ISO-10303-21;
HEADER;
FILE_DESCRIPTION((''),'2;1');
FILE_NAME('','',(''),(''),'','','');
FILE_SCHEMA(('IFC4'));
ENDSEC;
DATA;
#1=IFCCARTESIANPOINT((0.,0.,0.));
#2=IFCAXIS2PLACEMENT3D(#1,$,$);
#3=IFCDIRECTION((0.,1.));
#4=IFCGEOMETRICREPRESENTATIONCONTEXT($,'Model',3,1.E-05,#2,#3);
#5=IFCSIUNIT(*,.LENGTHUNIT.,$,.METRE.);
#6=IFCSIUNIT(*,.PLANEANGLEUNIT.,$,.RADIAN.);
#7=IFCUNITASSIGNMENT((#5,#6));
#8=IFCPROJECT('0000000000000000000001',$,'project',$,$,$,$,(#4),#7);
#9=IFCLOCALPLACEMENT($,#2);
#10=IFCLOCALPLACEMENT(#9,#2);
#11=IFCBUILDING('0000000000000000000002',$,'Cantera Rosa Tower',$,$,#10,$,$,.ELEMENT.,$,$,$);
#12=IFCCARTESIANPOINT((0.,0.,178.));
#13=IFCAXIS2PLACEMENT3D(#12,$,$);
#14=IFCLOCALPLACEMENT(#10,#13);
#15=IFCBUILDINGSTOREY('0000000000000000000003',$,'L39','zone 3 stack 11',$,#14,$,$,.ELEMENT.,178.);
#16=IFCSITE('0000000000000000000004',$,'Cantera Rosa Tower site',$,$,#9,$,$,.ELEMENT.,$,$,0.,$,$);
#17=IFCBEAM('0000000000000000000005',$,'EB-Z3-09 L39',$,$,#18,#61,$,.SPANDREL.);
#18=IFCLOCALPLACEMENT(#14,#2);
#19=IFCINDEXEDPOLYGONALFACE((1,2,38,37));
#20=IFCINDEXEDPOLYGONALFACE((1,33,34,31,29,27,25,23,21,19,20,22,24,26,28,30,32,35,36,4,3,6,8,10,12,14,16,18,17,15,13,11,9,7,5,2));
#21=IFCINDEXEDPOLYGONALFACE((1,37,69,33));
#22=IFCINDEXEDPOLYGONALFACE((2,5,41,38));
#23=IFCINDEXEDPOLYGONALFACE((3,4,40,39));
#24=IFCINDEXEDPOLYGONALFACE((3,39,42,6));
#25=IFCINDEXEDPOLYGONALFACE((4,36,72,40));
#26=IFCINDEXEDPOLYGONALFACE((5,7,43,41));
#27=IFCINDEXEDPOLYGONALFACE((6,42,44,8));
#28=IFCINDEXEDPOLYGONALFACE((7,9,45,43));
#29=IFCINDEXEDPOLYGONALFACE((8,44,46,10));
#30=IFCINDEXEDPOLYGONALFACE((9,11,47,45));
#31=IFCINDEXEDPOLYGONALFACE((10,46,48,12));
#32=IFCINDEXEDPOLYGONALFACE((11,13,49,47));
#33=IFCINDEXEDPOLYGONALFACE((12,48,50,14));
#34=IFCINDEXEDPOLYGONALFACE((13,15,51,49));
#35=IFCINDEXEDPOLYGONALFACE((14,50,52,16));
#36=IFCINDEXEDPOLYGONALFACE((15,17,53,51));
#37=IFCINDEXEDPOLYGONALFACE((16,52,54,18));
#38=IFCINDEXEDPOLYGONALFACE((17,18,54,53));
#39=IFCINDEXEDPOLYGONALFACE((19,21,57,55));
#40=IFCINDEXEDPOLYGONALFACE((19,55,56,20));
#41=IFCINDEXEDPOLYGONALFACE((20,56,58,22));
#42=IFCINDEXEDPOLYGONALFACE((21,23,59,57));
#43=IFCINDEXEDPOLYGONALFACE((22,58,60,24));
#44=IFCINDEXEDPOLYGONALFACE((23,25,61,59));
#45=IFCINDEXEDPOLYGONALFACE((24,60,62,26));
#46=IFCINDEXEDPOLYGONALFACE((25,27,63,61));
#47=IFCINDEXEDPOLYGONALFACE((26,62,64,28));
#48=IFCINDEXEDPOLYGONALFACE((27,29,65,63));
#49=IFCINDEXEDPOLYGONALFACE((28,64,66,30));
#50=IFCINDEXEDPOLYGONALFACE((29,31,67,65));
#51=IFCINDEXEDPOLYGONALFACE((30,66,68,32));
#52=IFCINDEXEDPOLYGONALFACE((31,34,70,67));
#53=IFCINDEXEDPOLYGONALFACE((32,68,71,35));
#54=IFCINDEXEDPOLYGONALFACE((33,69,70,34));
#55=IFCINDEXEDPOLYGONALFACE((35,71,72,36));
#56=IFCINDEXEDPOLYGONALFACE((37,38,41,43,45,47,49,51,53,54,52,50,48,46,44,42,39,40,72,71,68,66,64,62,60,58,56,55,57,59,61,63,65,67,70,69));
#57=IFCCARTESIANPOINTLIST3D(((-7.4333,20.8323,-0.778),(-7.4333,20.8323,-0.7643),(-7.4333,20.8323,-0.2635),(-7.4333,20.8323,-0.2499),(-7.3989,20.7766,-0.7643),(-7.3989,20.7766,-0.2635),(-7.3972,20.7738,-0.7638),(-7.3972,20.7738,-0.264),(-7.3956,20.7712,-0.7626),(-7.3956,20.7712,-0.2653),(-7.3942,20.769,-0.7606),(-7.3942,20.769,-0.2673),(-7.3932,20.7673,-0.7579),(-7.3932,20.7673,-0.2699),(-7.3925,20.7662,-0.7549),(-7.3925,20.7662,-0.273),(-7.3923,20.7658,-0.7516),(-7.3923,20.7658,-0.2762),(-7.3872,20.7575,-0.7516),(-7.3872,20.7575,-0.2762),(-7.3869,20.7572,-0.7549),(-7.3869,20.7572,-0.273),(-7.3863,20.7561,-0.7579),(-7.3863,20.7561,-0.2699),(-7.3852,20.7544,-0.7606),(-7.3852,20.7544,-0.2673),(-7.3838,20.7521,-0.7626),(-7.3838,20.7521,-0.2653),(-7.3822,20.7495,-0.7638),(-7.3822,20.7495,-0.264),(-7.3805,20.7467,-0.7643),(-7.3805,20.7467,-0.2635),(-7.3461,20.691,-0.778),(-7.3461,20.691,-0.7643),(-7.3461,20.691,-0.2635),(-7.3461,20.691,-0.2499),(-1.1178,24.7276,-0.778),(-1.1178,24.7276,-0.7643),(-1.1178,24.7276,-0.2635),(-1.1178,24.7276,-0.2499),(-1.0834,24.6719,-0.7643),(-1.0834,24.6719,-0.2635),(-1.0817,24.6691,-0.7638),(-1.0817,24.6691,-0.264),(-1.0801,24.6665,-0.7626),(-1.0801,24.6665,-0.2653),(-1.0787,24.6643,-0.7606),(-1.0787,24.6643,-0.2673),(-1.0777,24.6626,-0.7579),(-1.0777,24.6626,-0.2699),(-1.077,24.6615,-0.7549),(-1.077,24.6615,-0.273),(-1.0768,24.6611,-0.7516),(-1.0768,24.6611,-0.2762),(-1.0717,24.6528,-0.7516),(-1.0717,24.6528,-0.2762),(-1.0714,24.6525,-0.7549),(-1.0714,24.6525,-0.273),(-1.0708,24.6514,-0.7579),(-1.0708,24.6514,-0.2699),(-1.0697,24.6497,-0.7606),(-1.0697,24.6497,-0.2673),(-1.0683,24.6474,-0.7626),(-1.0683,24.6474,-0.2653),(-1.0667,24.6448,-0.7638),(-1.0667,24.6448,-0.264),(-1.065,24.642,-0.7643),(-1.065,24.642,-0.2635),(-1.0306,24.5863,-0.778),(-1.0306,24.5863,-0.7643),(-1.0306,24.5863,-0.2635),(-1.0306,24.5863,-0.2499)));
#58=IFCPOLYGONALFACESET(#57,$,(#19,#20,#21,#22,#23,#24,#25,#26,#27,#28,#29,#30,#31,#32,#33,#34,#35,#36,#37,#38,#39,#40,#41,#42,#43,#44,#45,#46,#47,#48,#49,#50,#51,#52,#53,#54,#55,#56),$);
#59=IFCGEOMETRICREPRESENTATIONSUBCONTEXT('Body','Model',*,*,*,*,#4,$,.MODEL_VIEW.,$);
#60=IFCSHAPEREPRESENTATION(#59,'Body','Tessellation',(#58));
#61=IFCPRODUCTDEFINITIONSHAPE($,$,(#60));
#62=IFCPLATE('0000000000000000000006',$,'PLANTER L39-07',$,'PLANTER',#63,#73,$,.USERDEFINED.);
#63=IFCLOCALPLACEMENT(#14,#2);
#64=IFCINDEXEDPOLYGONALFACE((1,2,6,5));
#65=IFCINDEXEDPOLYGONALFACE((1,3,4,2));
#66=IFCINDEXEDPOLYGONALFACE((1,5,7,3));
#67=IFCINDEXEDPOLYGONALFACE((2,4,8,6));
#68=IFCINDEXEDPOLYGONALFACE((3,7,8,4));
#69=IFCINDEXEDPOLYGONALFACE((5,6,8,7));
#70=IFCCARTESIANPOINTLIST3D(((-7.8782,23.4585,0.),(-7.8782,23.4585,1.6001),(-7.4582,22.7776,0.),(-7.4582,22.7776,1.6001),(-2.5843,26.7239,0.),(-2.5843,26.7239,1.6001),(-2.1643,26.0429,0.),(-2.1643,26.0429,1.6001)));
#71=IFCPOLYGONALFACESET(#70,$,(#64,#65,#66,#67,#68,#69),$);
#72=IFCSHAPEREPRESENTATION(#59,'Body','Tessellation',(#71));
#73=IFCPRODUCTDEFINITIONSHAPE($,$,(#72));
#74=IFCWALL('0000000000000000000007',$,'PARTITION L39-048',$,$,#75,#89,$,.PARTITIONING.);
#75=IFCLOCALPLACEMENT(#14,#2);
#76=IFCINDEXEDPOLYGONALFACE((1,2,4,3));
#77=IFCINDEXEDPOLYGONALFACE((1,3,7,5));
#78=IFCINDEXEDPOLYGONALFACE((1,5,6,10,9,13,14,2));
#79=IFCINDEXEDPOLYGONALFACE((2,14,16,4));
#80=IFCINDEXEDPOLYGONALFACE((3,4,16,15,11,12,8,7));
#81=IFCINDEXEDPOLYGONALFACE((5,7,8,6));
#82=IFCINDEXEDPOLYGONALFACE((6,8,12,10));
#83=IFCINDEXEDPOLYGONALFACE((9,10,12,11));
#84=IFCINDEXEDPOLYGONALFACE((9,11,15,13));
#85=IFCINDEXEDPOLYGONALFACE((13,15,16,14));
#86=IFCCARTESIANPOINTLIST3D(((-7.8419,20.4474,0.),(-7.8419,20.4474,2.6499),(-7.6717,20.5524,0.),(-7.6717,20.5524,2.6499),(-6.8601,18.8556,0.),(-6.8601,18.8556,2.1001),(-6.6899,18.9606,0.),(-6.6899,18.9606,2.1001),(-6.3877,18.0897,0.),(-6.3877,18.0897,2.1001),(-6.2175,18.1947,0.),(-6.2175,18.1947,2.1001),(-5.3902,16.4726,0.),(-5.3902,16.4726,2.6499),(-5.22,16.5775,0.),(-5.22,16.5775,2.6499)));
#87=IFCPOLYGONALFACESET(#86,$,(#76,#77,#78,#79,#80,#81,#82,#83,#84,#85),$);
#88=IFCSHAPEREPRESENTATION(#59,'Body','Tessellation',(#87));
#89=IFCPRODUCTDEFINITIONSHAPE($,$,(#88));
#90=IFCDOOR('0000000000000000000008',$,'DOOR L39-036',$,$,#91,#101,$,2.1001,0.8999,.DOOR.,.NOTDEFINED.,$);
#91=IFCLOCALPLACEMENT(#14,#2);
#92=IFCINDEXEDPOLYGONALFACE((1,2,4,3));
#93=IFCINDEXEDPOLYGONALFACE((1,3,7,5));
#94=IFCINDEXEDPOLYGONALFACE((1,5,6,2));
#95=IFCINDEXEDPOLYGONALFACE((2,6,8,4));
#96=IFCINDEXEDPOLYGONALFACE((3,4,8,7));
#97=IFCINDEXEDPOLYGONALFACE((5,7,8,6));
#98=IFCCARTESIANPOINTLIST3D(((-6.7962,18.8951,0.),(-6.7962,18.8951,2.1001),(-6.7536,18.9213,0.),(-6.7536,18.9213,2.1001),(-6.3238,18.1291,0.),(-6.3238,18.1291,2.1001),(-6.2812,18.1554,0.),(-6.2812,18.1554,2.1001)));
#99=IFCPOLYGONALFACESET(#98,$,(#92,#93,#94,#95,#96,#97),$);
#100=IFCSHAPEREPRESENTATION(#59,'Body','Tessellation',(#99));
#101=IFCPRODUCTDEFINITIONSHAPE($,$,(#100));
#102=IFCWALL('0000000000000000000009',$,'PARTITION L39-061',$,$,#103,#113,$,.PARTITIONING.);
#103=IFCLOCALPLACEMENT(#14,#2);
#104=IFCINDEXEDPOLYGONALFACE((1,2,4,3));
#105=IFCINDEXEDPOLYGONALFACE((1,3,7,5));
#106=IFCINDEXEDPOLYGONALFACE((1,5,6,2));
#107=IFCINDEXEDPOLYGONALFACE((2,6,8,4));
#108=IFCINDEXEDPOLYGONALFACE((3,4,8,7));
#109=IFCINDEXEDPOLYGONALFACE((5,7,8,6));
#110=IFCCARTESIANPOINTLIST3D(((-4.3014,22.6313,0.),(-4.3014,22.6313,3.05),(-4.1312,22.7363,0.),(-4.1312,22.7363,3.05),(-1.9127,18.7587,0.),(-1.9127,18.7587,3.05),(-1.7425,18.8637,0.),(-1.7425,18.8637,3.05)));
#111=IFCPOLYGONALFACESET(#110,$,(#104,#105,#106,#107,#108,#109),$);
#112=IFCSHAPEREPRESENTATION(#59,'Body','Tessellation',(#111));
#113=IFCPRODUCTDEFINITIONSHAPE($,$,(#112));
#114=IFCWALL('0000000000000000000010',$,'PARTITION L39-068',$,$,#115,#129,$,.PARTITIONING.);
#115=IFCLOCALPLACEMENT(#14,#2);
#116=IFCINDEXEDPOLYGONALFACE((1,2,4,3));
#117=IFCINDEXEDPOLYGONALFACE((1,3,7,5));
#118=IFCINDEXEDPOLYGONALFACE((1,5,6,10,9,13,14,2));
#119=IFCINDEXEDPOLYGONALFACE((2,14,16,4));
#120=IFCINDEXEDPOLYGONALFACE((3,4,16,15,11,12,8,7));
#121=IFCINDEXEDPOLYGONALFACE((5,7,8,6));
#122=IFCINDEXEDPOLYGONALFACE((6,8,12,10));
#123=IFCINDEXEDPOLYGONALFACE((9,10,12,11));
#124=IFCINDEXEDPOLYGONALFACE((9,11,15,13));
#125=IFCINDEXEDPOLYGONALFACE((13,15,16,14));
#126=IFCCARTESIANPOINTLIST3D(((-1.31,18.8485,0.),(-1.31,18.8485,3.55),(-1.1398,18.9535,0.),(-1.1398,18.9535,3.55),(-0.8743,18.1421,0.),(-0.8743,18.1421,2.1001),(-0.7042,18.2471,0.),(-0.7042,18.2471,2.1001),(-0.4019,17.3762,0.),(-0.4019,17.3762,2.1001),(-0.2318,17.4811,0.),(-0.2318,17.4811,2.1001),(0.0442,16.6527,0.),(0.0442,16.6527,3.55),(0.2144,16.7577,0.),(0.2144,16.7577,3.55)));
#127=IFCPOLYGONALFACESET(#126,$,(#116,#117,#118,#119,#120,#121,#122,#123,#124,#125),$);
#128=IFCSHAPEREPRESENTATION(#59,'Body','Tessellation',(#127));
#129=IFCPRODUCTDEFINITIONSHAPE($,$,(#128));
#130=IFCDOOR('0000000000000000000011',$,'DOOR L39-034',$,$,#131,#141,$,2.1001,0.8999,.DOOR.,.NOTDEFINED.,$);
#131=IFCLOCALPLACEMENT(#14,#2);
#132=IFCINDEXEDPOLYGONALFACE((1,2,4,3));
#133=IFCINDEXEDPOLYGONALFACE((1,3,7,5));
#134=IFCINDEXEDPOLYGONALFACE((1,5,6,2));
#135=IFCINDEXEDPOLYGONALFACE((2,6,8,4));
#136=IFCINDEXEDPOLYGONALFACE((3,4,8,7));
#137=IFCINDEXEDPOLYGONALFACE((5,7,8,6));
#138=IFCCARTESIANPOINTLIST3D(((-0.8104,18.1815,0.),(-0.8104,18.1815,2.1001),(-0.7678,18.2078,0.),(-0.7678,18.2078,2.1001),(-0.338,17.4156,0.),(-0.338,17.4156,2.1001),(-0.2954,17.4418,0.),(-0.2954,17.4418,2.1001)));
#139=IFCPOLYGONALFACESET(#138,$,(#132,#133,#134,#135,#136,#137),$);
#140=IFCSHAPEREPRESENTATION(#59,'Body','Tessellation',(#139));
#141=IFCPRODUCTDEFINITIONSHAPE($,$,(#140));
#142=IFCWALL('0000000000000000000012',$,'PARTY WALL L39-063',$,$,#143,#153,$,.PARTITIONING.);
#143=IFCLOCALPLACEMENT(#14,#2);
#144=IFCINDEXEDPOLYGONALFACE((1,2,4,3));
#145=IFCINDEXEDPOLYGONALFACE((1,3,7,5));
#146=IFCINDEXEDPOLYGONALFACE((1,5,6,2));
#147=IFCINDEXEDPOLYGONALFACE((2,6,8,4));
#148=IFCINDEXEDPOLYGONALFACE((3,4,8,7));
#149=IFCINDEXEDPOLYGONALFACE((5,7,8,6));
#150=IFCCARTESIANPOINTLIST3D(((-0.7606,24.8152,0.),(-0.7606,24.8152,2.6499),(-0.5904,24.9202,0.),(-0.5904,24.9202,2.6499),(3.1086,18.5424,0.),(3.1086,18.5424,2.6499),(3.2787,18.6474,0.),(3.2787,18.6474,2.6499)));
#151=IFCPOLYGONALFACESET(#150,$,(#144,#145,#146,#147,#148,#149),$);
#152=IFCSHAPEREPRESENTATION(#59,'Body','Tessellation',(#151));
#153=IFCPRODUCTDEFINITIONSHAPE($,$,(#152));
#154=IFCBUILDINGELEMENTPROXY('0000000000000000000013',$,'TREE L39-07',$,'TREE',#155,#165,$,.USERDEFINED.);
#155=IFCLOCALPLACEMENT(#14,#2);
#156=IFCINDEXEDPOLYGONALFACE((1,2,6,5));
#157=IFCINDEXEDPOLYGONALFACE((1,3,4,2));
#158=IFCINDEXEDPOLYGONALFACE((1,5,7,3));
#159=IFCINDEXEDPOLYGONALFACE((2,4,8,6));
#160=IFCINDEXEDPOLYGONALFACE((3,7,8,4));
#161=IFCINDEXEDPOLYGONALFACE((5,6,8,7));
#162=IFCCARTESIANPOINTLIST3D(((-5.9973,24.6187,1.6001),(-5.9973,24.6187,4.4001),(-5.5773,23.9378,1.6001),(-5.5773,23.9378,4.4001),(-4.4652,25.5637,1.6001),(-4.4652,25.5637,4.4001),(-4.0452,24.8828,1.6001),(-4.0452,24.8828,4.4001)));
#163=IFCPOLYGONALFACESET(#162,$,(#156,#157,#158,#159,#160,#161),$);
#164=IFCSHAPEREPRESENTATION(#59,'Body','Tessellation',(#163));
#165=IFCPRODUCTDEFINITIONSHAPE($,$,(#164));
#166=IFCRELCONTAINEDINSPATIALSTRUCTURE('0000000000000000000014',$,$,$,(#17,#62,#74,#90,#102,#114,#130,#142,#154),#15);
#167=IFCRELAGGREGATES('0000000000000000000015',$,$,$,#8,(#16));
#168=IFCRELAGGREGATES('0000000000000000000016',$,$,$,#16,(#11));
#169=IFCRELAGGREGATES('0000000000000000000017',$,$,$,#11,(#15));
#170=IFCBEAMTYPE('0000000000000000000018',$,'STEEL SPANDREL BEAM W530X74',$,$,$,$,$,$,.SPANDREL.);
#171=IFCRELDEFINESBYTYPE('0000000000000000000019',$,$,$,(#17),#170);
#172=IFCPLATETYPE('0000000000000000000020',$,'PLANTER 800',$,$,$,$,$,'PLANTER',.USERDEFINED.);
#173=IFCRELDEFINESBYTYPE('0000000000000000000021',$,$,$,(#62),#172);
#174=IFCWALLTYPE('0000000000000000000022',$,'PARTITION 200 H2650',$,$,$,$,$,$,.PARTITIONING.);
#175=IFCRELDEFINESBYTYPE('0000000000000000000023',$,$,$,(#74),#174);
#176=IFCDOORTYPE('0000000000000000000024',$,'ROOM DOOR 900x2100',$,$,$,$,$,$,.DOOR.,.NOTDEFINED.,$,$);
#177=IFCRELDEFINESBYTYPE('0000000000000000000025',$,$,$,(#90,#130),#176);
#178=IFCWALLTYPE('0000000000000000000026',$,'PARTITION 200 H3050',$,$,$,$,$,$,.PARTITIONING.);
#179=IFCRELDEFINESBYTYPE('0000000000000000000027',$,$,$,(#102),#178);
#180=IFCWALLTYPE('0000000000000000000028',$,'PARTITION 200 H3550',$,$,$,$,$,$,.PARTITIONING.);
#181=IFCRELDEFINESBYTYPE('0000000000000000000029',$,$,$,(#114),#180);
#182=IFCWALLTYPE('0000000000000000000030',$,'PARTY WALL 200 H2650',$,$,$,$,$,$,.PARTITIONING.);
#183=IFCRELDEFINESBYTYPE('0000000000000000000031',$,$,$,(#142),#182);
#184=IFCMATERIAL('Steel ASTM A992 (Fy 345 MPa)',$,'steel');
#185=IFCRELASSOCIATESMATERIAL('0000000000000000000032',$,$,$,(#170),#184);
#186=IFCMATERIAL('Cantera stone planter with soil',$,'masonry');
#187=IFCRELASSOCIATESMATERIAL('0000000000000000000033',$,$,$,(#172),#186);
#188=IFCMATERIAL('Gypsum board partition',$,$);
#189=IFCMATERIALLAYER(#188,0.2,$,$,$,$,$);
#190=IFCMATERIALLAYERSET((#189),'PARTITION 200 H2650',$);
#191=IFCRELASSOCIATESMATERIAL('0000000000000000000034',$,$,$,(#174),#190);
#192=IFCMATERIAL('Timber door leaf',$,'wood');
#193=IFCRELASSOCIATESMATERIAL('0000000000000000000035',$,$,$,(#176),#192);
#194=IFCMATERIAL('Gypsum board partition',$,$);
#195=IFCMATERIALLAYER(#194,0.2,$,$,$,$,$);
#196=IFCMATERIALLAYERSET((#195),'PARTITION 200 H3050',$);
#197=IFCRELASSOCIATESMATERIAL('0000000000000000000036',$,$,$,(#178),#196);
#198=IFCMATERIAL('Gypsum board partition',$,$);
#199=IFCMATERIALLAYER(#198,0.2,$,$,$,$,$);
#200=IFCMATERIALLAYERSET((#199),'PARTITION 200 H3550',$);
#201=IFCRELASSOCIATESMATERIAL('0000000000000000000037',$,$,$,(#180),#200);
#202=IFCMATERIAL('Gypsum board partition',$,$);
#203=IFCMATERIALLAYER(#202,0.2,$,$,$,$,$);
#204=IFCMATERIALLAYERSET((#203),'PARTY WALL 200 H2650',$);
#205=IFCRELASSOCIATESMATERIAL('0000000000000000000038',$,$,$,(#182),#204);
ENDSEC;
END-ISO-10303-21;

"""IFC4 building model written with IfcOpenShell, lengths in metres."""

from ifc_helpers import new_model, si_unit, direction, frame, frame_2d, origin, origin_2d, place, context, subcontext, project, spatial, rectangle, i_section, extrude, material, layer, layer_set, material_profile, profile_set, type_object, element, fill, save


model = new_model("IFC4")

# Units and contexts
model_context = context("Model", 3, precision=1e-05, world=origin(), true_north=direction((0.0, 1.0)))
body_context = subcontext(model_context, "Body", "Model", "MODEL_VIEW")
ifc_project = project(units=[si_unit("LENGTHUNIT", "METRE"), si_unit("PLANEANGLEUNIT", "RADIAN")], contexts=[model_context])

# Site, building, storey
site_placement = place(None, origin())
site = spatial("IfcSite", under=ifc_project, at=site_placement, Name="Cantera Rosa Tower site", CompositionType="ELEMENT", RefElevation=0.0)
building_placement = place(site_placement, origin())
building = spatial("IfcBuilding", under=site, at=building_placement, Name="Cantera Rosa Tower", CompositionType="ELEMENT")
storey_placement = place(building_placement, frame((0.0, 0.0, 178.0)))
storey = spatial("IfcBuildingStorey", under=building, at=storey_placement, Name="L39", Description="zone 3 stack 11", CompositionType="ELEMENT", Elevation=178.0)

# Beam
ifc_material_1 = material(Name="Steel ASTM A992 (Fy 345 MPa)", Category="steel")
ifc_material_profile_1 = material_profile(ifc_material_1, i_section(OverallWidth=0.166, OverallDepth=0.5281, WebThickness=0.0098, FlangeThickness=0.0137, FilletRadius=0.0127, at=origin_2d()), Name="W530X74")
ifc_profile_set_1 = profile_set([ifc_material_profile_1], Name="Steel ASTM A992 (Fy 345 MPa)")
beam_type_1 = type_object("IfcBeamType", Name="STEEL SPANDREL BEAM W530X74", PredefinedType="SPANDREL", material=ifc_profile_set_1)
beam_1_placement = place(storey_placement, frame((-1.0742, 24.657, -0.5139), z_axis=(-0.851126, -0.524962, 0.0), x_axis=(0.524962, -0.851126, 0.0)))
element("IfcBeam", 1, at=beam_1_placement, inside=storey, type_object=beam_type_1, Name="EB-Z3-09 L39", PredefinedType="SPANDREL", context=body_context, shape_type="SweptSolid", body=[
    extrude(i_section(OverallWidth=0.166, OverallDepth=0.5281, WebThickness=0.0098, FlangeThickness=0.0137, FilletRadius=0.0127, at=origin_2d()), origin(), (0.0, 0.0, 1.0), 7.4202),
])

# Plate
ifc_material_2 = material(Name="Cantera stone planter with soil", Category="masonry")
plate_type = type_object("IfcPlateType", Name="PLANTER 800", ElementType="PLANTER", PredefinedType="USERDEFINED", material=ifc_material_2)
plate_placement = place(storey_placement, frame((-5.0212, 24.7507, 0.0), z_axis=(0.0, 0.0, 1.0), x_axis=(-0.851117, -0.524977, 0.0)))
element("IfcPlate", 2, at=plate_placement, inside=storey, type_object=plate_type, Name="PLANTER L39-07", ObjectType="PLANTER", PredefinedType="USERDEFINED", context=body_context, shape_type="SweptSolid", body=[
    extrude(rectangle(XDim=6.22, YDim=0.8, at=origin_2d()), origin(), (0.0, 0.0, 1.0), 1.6001),
])

# Wall, opening, door
ifc_material_3 = material(Name="Gypsum board partition")
ifc_layer_1 = layer(ifc_material_3, 0.2)
ifc_layer_set_1 = layer_set([ifc_layer_1], Name="PARTITION 200 H2650")
wall_type_1 = type_object("IfcWallType", Name="PARTITION 200 H2650", PredefinedType="PARTITIONING", material=ifc_layer_set_1)
wall_1_placement = place(storey_placement, frame((-5.3052, 16.5251, 0.0), z_axis=(0.0, 0.0, 1.0), x_axis=(-0.524966, 0.851123, 0.0)))
wall_1 = element("IfcWall", 3, at=wall_1_placement, inside=storey, type_object=wall_type_1, Name="PARTITION L39-048", PredefinedType="PARTITIONING", context=body_context, shape_type="SweptSolid", body=[
    extrude(rectangle(XDim=4.6702, YDim=0.2, at=frame_2d((2.335, 0.0))), origin(), (0.0, 0.0, 1.0), 2.6499),
])
opening_1_placement = place(wall_1_placement, frame((1.8999, 0.0, 0.0)))
opening_1 = element("IfcOpeningElement", 4, at=opening_1_placement, cuts=wall_1, PredefinedType="OPENING", context=body_context, shape_type="SweptSolid", body=[
    extrude(rectangle(XDim=0.8999, YDim=2.1001, at=frame_2d((0.45, 1.05))), frame((0.0, 0.1099, 0.0), z_axis=(0.0, -1.0, 0.0), x_axis=(1.0, 0.0, 0.0)), (0.0, 0.0, 1.0), 0.22),
])
ifc_material_4 = material(Name="Timber door leaf", Category="wood")
door_type_1 = type_object("IfcDoorType", Name="ROOM DOOR 900x2100", OperationType="NOTDEFINED", PredefinedType="DOOR", material=ifc_material_4)
door_1_placement = place(opening_1_placement, origin())
door_1 = element("IfcDoor", 5, at=door_1_placement, inside=storey, type_object=door_type_1, Name="DOOR L39-036", OperationType="NOTDEFINED", OverallHeight=2.1001, OverallWidth=0.8999, PredefinedType="DOOR", context=body_context, shape_type="SweptSolid", body=[
    extrude(rectangle(XDim=0.8999, YDim=2.1001, at=frame_2d((0.45, 1.05))), frame((0.0, 0.0249, 0.0), z_axis=(0.0, -1.0, 0.0), x_axis=(1.0, 0.0, 0.0)), (0.0, 0.0, 1.0), 0.05),
])
fill(opening_1, door_1)

# Wall
ifc_material_5 = material(Name="Gypsum board partition")
ifc_layer_2 = layer(ifc_material_5, 0.2)
ifc_layer_set_2 = layer_set([ifc_layer_2], Name="PARTITION 200 H3050")
wall_type_2 = type_object("IfcWallType", Name="PARTITION 200 H3050", PredefinedType="PARTITIONING", material=ifc_layer_set_2)
wall_2_placement = place(storey_placement, frame((-1.8276, 18.8113, 0.0), z_axis=(0.0, 0.0, 1.0), x_axis=(-0.524983, 0.851113, 0.0)))
element("IfcWall", 6, at=wall_2_placement, inside=storey, type_object=wall_type_2, Name="PARTITION L39-061", PredefinedType="PARTITIONING", context=body_context, shape_type="SweptSolid", body=[
    extrude(rectangle(XDim=4.55, YDim=0.2, at=frame_2d((2.2749, 0.0))), origin(), (0.0, 0.0, 1.0), 3.05),
])

# Wall, opening, door
ifc_material_6 = material(Name="Gypsum board partition")
ifc_layer_3 = layer(ifc_material_6, 0.2)
ifc_layer_set_3 = layer_set([ifc_layer_3], Name="PARTITION 200 H3550")
wall_type_3 = type_object("IfcWallType", Name="PARTITION 200 H3550", PredefinedType="PARTITIONING", material=ifc_layer_set_3)
wall_3_placement = place(storey_placement, frame((0.1294, 16.7051, 0.0), z_axis=(0.0, 0.0, 1.0), x_axis=(-0.524937, 0.851141, 0.0)))
wall_3 = element("IfcWall", 7, at=wall_3_placement, inside=storey, type_object=wall_type_3, Name="PARTITION L39-068", PredefinedType="PARTITIONING", context=body_context, shape_type="SweptSolid", body=[
    extrude(rectangle(XDim=2.5798, YDim=0.2, at=frame_2d((1.29, 0.0))), origin(), (0.0, 0.0, 1.0), 3.55),
])
opening_2_placement = place(wall_3_placement, frame((0.8501, 0.0, 0.0)))
opening_2 = element("IfcOpeningElement", 8, at=opening_2_placement, cuts=wall_3, PredefinedType="OPENING", context=body_context, shape_type="SweptSolid", body=[
    extrude(rectangle(XDim=0.8999, YDim=2.1001, at=frame_2d((0.45, 1.05))), frame((0.0, 0.1099, 0.0), z_axis=(0.0, -1.0, 0.0), x_axis=(1.0, 0.0, 0.0)), (0.0, 0.0, 1.0), 0.22),
])
door_2_placement = place(opening_2_placement, origin())
door_2 = element("IfcDoor", 9, at=door_2_placement, inside=storey, type_object=door_type_1, Name="DOOR L39-034", OperationType="NOTDEFINED", OverallHeight=2.1001, OverallWidth=0.8999, PredefinedType="DOOR", context=body_context, shape_type="SweptSolid", body=[
    extrude(rectangle(XDim=0.8999, YDim=2.1001, at=frame_2d((0.45, 1.05))), frame((0.0, 0.0249, 0.0), z_axis=(0.0, -1.0, 0.0), x_axis=(1.0, 0.0, 0.0)), (0.0, 0.0, 1.0), 0.05),
])
fill(opening_2, door_2)

# Wall
ifc_material_7 = material(Name="Gypsum board partition")
ifc_layer_4 = layer(ifc_material_7, 0.2)
ifc_layer_set_4 = layer_set([ifc_layer_4], Name="PARTY WALL 200 H2650")
wall_type_4 = type_object("IfcWallType", Name="PARTY WALL 200 H2650", PredefinedType="PARTITIONING", material=ifc_layer_set_4)
wall_4_placement = place(storey_placement, frame((-0.6755, 24.8677, 0.0), z_axis=(0.0, 0.0, 1.0), x_axis=(0.524984, -0.851112, 0.0)))
element("IfcWall", 10, at=wall_4_placement, inside=storey, type_object=wall_type_4, Name="PARTY WALL L39-063", PredefinedType="PARTITIONING", context=body_context, shape_type="SweptSolid", body=[
    extrude(rectangle(XDim=7.3701, YDim=0.2, at=frame_2d((3.6851, 0.0))), origin(), (0.0, 0.0, 1.0), 2.6499),
])

# Building element proxy
proxy_placement = place(storey_placement, frame((-5.0212, 24.7507, 1.6001), z_axis=(0.0, 0.0, 1.0), x_axis=(-0.851117, -0.524977, 0.0)))
element("IfcBuildingElementProxy", 11, at=proxy_placement, inside=storey, Name="TREE L39-07", ObjectType="TREE", PredefinedType="USERDEFINED", context=body_context, shape_type="SweptSolid", body=[
    extrude(rectangle(XDim=1.8, YDim=0.8, at=origin_2d()), origin(), (0.0, 0.0, 1.0), 2.8),
])

save(model, "model.ifc")
